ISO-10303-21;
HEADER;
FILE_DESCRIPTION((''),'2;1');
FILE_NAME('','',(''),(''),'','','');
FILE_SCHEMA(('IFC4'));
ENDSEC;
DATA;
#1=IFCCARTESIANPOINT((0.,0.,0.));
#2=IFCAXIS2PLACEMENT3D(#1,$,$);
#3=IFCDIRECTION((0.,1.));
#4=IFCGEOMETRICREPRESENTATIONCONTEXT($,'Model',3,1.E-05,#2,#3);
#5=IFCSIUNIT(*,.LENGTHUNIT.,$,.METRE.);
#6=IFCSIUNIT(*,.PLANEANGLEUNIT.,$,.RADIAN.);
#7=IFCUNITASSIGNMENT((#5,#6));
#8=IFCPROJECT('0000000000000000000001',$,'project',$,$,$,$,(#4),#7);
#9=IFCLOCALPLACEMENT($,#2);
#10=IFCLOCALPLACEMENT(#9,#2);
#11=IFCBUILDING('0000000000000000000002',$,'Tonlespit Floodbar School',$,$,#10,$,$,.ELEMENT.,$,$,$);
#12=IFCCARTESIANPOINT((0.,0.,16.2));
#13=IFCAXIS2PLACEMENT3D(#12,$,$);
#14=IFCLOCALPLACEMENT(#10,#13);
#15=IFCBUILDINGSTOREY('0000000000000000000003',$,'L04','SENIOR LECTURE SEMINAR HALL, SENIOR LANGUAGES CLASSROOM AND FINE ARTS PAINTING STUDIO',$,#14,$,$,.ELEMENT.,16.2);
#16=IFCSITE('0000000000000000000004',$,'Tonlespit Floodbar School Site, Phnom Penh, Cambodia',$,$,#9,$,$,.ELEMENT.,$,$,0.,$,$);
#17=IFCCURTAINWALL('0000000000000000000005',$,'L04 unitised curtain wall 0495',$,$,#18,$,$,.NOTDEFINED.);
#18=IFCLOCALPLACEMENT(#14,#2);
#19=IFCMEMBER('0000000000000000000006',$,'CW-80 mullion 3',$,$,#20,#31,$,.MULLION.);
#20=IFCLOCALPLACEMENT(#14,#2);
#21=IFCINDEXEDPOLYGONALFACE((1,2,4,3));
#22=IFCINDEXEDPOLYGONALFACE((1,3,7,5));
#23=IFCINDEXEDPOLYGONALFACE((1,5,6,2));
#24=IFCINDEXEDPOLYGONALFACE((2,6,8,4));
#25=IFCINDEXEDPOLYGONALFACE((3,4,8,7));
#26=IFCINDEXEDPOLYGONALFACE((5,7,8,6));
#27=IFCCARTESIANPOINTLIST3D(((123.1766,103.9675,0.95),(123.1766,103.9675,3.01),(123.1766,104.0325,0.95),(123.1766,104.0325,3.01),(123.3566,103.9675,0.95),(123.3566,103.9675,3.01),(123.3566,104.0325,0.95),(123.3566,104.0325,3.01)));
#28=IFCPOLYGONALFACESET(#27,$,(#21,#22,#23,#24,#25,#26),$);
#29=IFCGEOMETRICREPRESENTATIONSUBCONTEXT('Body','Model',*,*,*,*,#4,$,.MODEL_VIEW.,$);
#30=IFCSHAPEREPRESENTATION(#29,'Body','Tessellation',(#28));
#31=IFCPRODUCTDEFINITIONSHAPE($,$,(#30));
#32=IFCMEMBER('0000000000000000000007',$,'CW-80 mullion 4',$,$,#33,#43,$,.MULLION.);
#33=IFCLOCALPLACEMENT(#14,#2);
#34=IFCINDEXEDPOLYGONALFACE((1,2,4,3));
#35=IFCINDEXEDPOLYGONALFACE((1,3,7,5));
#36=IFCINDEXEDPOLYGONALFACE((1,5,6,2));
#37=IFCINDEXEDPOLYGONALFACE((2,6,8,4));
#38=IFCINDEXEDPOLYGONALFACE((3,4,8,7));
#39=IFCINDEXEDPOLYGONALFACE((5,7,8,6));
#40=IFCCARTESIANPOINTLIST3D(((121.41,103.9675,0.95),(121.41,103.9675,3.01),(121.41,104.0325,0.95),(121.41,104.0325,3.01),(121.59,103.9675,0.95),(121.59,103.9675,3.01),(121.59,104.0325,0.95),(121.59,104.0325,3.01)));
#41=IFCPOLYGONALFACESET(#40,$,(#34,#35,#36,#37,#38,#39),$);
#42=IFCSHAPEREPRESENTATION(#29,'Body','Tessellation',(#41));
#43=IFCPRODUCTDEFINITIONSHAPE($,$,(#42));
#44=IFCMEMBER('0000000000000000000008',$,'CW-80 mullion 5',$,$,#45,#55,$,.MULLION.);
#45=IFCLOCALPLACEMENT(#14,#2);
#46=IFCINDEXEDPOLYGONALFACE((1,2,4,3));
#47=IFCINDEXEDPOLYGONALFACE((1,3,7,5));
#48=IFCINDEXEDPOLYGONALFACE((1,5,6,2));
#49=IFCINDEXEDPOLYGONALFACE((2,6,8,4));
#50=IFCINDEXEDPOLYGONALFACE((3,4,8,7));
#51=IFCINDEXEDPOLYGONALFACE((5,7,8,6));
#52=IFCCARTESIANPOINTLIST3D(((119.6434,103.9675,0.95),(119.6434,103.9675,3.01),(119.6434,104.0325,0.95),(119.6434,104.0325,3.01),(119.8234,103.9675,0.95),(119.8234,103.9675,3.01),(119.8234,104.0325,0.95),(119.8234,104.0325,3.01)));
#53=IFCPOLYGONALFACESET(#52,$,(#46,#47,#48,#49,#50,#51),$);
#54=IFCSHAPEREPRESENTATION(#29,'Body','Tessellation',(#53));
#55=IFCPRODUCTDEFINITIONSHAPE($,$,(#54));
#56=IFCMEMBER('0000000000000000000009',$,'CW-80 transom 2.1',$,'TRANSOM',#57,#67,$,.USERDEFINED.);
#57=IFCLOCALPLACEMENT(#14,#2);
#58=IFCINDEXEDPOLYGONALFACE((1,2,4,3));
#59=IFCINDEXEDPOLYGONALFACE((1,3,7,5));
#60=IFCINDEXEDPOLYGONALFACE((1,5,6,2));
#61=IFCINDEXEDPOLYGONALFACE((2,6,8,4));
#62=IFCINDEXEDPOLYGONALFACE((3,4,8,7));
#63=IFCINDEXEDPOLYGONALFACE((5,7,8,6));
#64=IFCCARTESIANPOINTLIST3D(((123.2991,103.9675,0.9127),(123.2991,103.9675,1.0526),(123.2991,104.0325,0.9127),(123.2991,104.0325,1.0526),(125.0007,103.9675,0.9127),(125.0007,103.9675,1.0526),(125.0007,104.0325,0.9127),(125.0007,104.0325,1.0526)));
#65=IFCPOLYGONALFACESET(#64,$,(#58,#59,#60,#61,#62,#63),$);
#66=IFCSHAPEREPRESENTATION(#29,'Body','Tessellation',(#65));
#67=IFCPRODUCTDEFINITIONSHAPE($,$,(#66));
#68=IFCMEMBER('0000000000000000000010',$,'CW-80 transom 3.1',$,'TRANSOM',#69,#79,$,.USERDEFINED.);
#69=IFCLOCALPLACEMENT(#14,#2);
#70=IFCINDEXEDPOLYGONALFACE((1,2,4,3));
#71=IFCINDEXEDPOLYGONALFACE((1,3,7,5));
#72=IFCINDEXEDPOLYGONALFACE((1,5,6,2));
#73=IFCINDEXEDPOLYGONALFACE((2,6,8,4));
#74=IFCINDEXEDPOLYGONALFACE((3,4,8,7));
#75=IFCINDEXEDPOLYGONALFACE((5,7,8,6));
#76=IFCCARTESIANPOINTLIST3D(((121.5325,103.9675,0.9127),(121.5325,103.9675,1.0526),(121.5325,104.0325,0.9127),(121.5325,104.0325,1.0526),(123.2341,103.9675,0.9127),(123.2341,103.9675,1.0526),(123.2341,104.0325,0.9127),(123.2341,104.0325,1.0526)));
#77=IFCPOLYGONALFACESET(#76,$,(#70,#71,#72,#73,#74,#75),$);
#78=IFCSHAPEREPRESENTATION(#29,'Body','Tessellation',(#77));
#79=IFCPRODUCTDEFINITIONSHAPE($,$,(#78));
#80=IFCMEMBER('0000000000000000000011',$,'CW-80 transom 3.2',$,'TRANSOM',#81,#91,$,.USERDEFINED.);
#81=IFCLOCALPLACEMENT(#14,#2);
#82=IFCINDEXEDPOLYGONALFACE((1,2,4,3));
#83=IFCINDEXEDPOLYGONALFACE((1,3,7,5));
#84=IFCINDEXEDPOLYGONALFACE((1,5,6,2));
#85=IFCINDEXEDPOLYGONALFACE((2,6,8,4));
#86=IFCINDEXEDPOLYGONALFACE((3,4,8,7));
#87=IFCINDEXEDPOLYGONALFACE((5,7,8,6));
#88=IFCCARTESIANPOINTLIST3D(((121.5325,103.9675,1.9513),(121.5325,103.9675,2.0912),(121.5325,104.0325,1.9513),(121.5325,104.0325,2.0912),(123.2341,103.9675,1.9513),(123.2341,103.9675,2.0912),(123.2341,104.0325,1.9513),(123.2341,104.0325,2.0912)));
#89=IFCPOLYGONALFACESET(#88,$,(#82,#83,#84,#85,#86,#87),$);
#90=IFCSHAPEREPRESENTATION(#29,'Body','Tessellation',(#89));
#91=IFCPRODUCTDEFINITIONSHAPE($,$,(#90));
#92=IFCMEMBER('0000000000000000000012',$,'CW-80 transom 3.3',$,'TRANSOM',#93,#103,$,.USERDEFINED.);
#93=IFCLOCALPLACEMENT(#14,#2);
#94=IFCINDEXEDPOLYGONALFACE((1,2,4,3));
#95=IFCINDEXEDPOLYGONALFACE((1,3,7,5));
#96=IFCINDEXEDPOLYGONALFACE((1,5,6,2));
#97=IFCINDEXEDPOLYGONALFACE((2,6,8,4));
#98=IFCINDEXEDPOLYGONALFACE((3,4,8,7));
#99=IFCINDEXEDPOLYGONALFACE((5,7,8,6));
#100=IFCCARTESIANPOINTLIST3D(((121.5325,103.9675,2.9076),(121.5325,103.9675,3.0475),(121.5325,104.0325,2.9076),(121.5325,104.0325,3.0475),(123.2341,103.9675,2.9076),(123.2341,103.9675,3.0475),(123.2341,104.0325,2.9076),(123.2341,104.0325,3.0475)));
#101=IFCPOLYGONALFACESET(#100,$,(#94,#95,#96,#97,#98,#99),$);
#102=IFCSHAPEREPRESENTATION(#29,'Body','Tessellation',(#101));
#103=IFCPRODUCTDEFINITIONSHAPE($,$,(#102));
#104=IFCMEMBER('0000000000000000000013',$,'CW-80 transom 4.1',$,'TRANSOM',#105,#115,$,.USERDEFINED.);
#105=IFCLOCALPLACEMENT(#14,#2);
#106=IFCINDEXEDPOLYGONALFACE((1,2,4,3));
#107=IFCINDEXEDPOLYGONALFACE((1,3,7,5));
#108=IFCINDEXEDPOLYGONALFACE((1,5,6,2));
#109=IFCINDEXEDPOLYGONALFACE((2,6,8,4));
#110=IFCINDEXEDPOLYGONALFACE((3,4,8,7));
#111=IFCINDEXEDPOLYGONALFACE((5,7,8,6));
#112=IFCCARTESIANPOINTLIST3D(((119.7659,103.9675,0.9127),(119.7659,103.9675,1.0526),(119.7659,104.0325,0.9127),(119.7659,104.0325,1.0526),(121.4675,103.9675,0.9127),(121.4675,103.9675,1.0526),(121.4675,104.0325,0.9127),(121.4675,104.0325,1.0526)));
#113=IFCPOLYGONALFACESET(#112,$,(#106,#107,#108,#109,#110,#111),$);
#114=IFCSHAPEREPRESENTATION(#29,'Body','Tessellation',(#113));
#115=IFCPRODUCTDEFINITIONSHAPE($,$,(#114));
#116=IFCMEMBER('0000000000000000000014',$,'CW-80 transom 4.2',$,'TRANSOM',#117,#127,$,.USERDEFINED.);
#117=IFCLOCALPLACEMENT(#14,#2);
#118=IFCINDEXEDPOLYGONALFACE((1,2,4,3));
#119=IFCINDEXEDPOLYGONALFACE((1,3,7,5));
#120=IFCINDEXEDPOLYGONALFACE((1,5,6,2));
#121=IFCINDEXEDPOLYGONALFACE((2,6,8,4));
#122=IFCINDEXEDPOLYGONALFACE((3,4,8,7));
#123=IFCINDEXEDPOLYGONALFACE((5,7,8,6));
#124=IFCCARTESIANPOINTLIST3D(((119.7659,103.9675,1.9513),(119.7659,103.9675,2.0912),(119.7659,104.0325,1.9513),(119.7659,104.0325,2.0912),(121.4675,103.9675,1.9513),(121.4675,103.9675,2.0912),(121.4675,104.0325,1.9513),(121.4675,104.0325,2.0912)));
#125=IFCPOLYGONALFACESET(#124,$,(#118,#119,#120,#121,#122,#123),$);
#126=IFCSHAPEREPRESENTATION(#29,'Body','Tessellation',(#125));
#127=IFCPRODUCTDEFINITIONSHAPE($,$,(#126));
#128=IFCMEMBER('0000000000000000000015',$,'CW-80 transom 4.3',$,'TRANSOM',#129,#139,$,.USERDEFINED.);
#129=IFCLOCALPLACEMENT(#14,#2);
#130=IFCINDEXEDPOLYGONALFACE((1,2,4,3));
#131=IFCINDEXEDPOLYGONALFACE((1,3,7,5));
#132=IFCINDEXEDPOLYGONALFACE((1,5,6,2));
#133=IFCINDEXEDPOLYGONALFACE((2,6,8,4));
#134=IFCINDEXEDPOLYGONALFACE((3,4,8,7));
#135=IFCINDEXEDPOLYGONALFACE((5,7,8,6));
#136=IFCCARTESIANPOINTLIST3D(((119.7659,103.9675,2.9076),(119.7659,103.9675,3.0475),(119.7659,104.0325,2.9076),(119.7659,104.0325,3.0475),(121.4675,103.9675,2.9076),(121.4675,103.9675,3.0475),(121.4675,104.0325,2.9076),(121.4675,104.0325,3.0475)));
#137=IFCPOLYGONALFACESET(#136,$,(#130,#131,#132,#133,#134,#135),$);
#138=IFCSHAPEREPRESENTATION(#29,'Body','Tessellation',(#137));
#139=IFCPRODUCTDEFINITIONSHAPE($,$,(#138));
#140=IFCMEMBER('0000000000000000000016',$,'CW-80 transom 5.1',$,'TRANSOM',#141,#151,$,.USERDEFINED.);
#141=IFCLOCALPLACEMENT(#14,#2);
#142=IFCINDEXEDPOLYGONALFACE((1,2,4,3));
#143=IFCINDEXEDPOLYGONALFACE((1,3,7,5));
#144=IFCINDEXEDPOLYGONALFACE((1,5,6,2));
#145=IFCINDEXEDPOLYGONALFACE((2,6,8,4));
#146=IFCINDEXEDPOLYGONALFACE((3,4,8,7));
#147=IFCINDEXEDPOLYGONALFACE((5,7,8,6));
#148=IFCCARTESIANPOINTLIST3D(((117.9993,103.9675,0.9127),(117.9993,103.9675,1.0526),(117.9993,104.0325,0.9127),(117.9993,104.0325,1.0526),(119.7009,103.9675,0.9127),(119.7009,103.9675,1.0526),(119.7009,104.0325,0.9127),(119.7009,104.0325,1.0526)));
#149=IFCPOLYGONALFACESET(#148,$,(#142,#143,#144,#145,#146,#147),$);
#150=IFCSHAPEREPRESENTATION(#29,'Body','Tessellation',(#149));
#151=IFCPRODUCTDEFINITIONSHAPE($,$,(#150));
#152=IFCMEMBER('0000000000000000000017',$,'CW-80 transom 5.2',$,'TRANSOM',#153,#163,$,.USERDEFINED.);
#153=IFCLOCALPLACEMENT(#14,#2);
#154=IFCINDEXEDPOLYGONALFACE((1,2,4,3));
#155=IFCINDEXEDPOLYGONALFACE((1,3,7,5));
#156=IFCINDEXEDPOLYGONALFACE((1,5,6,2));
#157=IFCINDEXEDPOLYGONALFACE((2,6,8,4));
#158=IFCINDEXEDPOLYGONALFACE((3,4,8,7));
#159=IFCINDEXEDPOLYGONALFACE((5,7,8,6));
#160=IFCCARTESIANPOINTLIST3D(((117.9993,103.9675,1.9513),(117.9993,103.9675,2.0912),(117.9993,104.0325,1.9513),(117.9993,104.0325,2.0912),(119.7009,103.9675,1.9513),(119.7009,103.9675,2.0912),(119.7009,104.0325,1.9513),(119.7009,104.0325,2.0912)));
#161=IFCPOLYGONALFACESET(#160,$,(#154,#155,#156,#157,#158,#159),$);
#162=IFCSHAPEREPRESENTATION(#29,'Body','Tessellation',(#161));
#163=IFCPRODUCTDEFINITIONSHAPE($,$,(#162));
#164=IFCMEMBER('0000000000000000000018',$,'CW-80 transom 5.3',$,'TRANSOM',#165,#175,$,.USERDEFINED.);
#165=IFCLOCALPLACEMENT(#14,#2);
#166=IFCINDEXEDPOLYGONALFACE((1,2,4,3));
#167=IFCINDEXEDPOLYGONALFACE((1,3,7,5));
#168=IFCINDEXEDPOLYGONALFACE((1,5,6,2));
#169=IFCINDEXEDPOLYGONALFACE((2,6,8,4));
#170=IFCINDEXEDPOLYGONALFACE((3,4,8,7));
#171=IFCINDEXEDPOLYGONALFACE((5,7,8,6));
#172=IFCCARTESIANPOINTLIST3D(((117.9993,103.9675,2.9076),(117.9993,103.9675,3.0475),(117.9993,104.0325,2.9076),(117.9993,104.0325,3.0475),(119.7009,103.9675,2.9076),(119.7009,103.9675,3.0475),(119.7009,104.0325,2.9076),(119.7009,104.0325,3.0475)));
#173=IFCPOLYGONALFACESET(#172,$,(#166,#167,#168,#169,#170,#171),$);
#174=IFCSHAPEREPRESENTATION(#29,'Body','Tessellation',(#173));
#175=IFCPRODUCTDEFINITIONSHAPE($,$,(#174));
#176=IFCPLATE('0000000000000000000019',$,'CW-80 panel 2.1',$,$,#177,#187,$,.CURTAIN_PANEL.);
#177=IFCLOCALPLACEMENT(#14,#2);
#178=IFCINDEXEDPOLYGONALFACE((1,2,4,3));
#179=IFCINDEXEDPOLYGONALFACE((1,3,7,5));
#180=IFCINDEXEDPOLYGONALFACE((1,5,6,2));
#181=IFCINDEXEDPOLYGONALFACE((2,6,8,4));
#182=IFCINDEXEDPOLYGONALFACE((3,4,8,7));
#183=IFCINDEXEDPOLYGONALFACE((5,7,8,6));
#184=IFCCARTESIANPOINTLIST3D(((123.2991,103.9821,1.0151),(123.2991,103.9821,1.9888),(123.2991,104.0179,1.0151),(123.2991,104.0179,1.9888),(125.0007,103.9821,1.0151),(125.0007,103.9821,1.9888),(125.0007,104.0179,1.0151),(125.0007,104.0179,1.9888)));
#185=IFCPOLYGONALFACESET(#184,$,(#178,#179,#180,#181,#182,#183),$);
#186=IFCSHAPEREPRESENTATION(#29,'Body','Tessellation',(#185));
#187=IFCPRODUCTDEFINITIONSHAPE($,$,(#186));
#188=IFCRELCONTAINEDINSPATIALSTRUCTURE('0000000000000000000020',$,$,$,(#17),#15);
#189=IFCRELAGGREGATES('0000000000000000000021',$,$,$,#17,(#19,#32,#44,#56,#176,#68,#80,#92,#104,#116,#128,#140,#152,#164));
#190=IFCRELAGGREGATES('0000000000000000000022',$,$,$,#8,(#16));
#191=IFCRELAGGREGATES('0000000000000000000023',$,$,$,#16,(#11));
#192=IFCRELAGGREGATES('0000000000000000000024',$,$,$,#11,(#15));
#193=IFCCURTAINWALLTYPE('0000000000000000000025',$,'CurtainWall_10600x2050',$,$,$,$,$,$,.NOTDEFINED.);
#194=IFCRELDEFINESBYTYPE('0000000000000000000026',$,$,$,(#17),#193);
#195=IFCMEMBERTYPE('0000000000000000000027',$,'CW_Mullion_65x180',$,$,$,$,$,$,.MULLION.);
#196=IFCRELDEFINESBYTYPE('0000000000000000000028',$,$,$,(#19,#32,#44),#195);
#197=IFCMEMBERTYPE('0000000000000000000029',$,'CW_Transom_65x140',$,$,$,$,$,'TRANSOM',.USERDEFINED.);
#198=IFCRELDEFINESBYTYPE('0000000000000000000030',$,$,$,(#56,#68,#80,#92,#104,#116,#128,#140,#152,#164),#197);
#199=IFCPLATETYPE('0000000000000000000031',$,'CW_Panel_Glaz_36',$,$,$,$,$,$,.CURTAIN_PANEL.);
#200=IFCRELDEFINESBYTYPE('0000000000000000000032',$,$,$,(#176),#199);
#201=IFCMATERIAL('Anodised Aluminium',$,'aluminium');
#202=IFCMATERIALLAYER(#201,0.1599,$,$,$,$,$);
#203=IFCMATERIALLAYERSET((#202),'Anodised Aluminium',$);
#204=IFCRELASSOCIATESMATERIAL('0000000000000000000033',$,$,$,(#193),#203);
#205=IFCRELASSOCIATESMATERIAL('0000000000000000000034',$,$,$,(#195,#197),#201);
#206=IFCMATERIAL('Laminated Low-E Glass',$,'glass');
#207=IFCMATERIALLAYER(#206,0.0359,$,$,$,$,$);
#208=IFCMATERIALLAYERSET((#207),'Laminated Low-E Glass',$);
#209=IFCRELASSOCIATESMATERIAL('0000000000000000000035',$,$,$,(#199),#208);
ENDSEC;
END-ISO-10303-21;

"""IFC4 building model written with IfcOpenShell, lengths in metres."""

from ifc_helpers import new_model, si_unit, direction, frame, origin, origin_2d, place, context, subcontext, project, spatial, rectangle, extrude, material, layer, layer_set, material_profile, profile_set, type_object, element, aggregate, save


model = new_model("IFC4")

# Units and contexts
model_context = context("Model", 3, precision=1e-05, world=origin(), true_north=direction((0.0, 1.0)))
body_context = subcontext(model_context, "Body", "Model", "MODEL_VIEW")
ifc_project = project(units=[si_unit("LENGTHUNIT", "METRE"), si_unit("PLANEANGLEUNIT", "RADIAN")], contexts=[model_context])

# Site, building, storey
site_placement = place(None, origin())
site = spatial("IfcSite", under=ifc_project, at=site_placement, Name="Tonlespit Floodbar School Site, Phnom Penh, Cambodia", CompositionType="ELEMENT", RefElevation=0.0)
building_placement = place(site_placement, origin())
building = spatial("IfcBuilding", under=site, at=building_placement, Name="Tonlespit Floodbar School", CompositionType="ELEMENT")
storey_placement = place(building_placement, frame((0.0, 0.0, 16.2)))
storey = spatial("IfcBuildingStorey", under=building, at=storey_placement, Name="L04", Description="SENIOR LECTURE SEMINAR HALL, SENIOR LANGUAGES CLASSROOM AND FINE ARTS PAINTING STUDIO", CompositionType="ELEMENT", Elevation=16.2)

# Curtain wall, members, plate
ifc_material_1 = material(Name="Anodised Aluminium", Category="aluminium")
ifc_layer_1 = layer(ifc_material_1, 0.1599)
ifc_layer_set_1 = layer_set([ifc_layer_1], Name="Anodised Aluminium")
curtain_wall_type = type_object("IfcCurtainWallType", Name="CurtainWall_10600x2050", PredefinedType="NOTDEFINED", material=ifc_layer_set_1)
curtain_wall_placement = place(storey_placement, origin())
curtain_wall = element("IfcCurtainWall", 1, at=curtain_wall_placement, inside=storey, type_object=curtain_wall_type, Name="L04 unitised curtain wall 0495", PredefinedType="NOTDEFINED")
ifc_material_profile_1 = material_profile(ifc_material_1, rectangle(XDim=0.0649, YDim=0.1799, at=origin_2d()), Name="ALU M65x180")
ifc_profile_set_1 = profile_set([ifc_material_profile_1], Name="Anodised Aluminium")
member_type_1 = type_object("IfcMemberType", Name="CW_Mullion_65x180", PredefinedType="MULLION", material=ifc_profile_set_1)
member_1_placement = place(storey_placement, frame((123.2666, 104.0, 0.95), z_axis=(0.0, 0.0, 1.0), x_axis=(0.0, -1.0, 0.0)))
member_1 = element("IfcMember", 2, at=member_1_placement, type_object=member_type_1, Name="CW-80 mullion 3", PredefinedType="MULLION", context=body_context, shape_type="SweptSolid", body=[
    extrude(rectangle(XDim=0.0649, YDim=0.1799, at=origin_2d()), origin(), (0.0, 0.0, 1.0), 2.0601),
])
member_2_placement = place(storey_placement, frame((121.5, 104.0, 0.95), z_axis=(0.0, 0.0, 1.0), x_axis=(0.0, -1.0, 0.0)))
member_2 = element("IfcMember", 3, at=member_2_placement, type_object=member_type_1, Name="CW-80 mullion 4", PredefinedType="MULLION", context=body_context, shape_type="SweptSolid", body=[
    extrude(rectangle(XDim=0.0649, YDim=0.1799, at=origin_2d()), origin(), (0.0, 0.0, 1.0), 2.0601),
])
member_3_placement = place(storey_placement, frame((119.7334, 104.0, 0.95), z_axis=(0.0, 0.0, 1.0), x_axis=(0.0, -1.0, 0.0)))
member_3 = element("IfcMember", 4, at=member_3_placement, type_object=member_type_1, Name="CW-80 mullion 5", PredefinedType="MULLION", context=body_context, shape_type="SweptSolid", body=[
    extrude(rectangle(XDim=0.0649, YDim=0.1799, at=origin_2d()), origin(), (0.0, 0.0, 1.0), 2.0601),
])
ifc_material_profile_2 = material_profile(ifc_material_1, rectangle(XDim=0.0649, YDim=0.1399, at=origin_2d()), Name="ALU T65x140")
ifc_profile_set_2 = profile_set([ifc_material_profile_2], Name="Anodised Aluminium")
member_type_2 = type_object("IfcMemberType", Name="CW_Transom_65x140", ElementType="TRANSOM", PredefinedType="USERDEFINED", material=ifc_profile_set_2)
member_4_placement = place(storey_placement, frame((125.0007, 104.0, 0.9827), z_axis=(-1.0, 0.0, 0.0), x_axis=(0.0, -1.0, 0.0)))
member_4 = element("IfcMember", 5, at=member_4_placement, type_object=member_type_2, Name="CW-80 transom 2.1", ObjectType="TRANSOM", PredefinedType="USERDEFINED", context=body_context, shape_type="SweptSolid", body=[
    extrude(rectangle(XDim=0.0649, YDim=0.1399, at=origin_2d()), origin(), (0.0, 0.0, 1.0), 1.7017),
])
member_5_placement = place(storey_placement, frame((123.2341, 104.0, 0.9827), z_axis=(-1.0, 0.0, 0.0), x_axis=(0.0, -1.0, 0.0)))
member_5 = element("IfcMember", 6, at=member_5_placement, type_object=member_type_2, Name="CW-80 transom 3.1", ObjectType="TRANSOM", PredefinedType="USERDEFINED", context=body_context, shape_type="SweptSolid", body=[
    extrude(rectangle(XDim=0.0649, YDim=0.1399, at=origin_2d()), origin(), (0.0, 0.0, 1.0), 1.7017),
])
member_6_placement = place(storey_placement, frame((123.2341, 104.0, 2.0212), z_axis=(-1.0, 0.0, 0.0), x_axis=(0.0, -1.0, 0.0)))
member_6 = element("IfcMember", 7, at=member_6_placement, type_object=member_type_2, Name="CW-80 transom 3.2", ObjectType="TRANSOM", PredefinedType="USERDEFINED", context=body_context, shape_type="SweptSolid", body=[
    extrude(rectangle(XDim=0.0649, YDim=0.1399, at=origin_2d()), origin(), (0.0, 0.0, 1.0), 1.7017),
])
member_7_placement = place(storey_placement, frame((123.2341, 104.0, 2.9775), z_axis=(-1.0, 0.0, 0.0), x_axis=(0.0, -1.0, 0.0)))
member_7 = element("IfcMember", 8, at=member_7_placement, type_object=member_type_2, Name="CW-80 transom 3.3", ObjectType="TRANSOM", PredefinedType="USERDEFINED", context=body_context, shape_type="SweptSolid", body=[
    extrude(rectangle(XDim=0.0649, YDim=0.1399, at=origin_2d()), origin(), (0.0, 0.0, 1.0), 1.7017),
])
member_8_placement = place(storey_placement, frame((121.4675, 104.0, 0.9827), z_axis=(-1.0, 0.0, 0.0), x_axis=(0.0, -1.0, 0.0)))
member_8 = element("IfcMember", 9, at=member_8_placement, type_object=member_type_2, Name="CW-80 transom 4.1", ObjectType="TRANSOM", PredefinedType="USERDEFINED", context=body_context, shape_type="SweptSolid", body=[
    extrude(rectangle(XDim=0.0649, YDim=0.1399, at=origin_2d()), origin(), (0.0, 0.0, 1.0), 1.7017),
])
member_9_placement = place(storey_placement, frame((121.4675, 104.0, 2.0212), z_axis=(-1.0, 0.0, 0.0), x_axis=(0.0, -1.0, 0.0)))
member_9 = element("IfcMember", 10, at=member_9_placement, type_object=member_type_2, Name="CW-80 transom 4.2", ObjectType="TRANSOM", PredefinedType="USERDEFINED", context=body_context, shape_type="SweptSolid", body=[
    extrude(rectangle(XDim=0.0649, YDim=0.1399, at=origin_2d()), origin(), (0.0, 0.0, 1.0), 1.7017),
])
member_10_placement = place(storey_placement, frame((121.4675, 104.0, 2.9775), z_axis=(-1.0, 0.0, 0.0), x_axis=(0.0, -1.0, 0.0)))
member_10 = element("IfcMember", 11, at=member_10_placement, type_object=member_type_2, Name="CW-80 transom 4.3", ObjectType="TRANSOM", PredefinedType="USERDEFINED", context=body_context, shape_type="SweptSolid", body=[
    extrude(rectangle(XDim=0.0649, YDim=0.1399, at=origin_2d()), origin(), (0.0, 0.0, 1.0), 1.7017),
])
member_11_placement = place(storey_placement, frame((119.7009, 104.0, 0.9827), z_axis=(-1.0, 0.0, 0.0), x_axis=(0.0, -1.0, 0.0)))
member_11 = element("IfcMember", 12, at=member_11_placement, type_object=member_type_2, Name="CW-80 transom 5.1", ObjectType="TRANSOM", PredefinedType="USERDEFINED", context=body_context, shape_type="SweptSolid", body=[
    extrude(rectangle(XDim=0.0649, YDim=0.1399, at=origin_2d()), origin(), (0.0, 0.0, 1.0), 1.7017),
])
member_12_placement = place(storey_placement, frame((119.7009, 104.0, 2.0212), z_axis=(-1.0, 0.0, 0.0), x_axis=(0.0, -1.0, 0.0)))
member_12 = element("IfcMember", 13, at=member_12_placement, type_object=member_type_2, Name="CW-80 transom 5.2", ObjectType="TRANSOM", PredefinedType="USERDEFINED", context=body_context, shape_type="SweptSolid", body=[
    extrude(rectangle(XDim=0.0649, YDim=0.1399, at=origin_2d()), origin(), (0.0, 0.0, 1.0), 1.7017),
])
member_13_placement = place(storey_placement, frame((119.7009, 104.0, 2.9775), z_axis=(-1.0, 0.0, 0.0), x_axis=(0.0, -1.0, 0.0)))
member_13 = element("IfcMember", 14, at=member_13_placement, type_object=member_type_2, Name="CW-80 transom 5.3", ObjectType="TRANSOM", PredefinedType="USERDEFINED", context=body_context, shape_type="SweptSolid", body=[
    extrude(rectangle(XDim=0.0649, YDim=0.1399, at=origin_2d()), origin(), (0.0, 0.0, 1.0), 1.7017),
])
ifc_material_2 = material(Name="Laminated Low-E Glass", Category="glass")
ifc_layer_2 = layer(ifc_material_2, 0.0359)
ifc_layer_set_2 = layer_set([ifc_layer_2], Name="Laminated Low-E Glass")
plate_type = type_object("IfcPlateType", Name="CW_Panel_Glaz_36", PredefinedType="CURTAIN_PANEL", material=ifc_layer_set_2)
plate_1_placement = place(storey_placement, frame((124.1499, 104.0, 1.0151), z_axis=(0.0, 0.0, 1.0), x_axis=(-1.0, 0.0, 0.0)))
plate_1 = element("IfcPlate", 15, at=plate_1_placement, type_object=plate_type, Name="CW-80 panel 2.1", PredefinedType="CURTAIN_PANEL", context=body_context, shape_type="SweptSolid", body=[
    extrude(rectangle(XDim=1.7017, YDim=0.0359, at=origin_2d()), origin(), (0.0, 0.0, 1.0), 0.9736),
])
aggregate(curtain_wall, [member_1, member_2, member_3, member_4, plate_1, member_5, member_6, member_7, member_8, member_9, member_10, member_11, member_12, member_13])

save(model, "model.ifc")
